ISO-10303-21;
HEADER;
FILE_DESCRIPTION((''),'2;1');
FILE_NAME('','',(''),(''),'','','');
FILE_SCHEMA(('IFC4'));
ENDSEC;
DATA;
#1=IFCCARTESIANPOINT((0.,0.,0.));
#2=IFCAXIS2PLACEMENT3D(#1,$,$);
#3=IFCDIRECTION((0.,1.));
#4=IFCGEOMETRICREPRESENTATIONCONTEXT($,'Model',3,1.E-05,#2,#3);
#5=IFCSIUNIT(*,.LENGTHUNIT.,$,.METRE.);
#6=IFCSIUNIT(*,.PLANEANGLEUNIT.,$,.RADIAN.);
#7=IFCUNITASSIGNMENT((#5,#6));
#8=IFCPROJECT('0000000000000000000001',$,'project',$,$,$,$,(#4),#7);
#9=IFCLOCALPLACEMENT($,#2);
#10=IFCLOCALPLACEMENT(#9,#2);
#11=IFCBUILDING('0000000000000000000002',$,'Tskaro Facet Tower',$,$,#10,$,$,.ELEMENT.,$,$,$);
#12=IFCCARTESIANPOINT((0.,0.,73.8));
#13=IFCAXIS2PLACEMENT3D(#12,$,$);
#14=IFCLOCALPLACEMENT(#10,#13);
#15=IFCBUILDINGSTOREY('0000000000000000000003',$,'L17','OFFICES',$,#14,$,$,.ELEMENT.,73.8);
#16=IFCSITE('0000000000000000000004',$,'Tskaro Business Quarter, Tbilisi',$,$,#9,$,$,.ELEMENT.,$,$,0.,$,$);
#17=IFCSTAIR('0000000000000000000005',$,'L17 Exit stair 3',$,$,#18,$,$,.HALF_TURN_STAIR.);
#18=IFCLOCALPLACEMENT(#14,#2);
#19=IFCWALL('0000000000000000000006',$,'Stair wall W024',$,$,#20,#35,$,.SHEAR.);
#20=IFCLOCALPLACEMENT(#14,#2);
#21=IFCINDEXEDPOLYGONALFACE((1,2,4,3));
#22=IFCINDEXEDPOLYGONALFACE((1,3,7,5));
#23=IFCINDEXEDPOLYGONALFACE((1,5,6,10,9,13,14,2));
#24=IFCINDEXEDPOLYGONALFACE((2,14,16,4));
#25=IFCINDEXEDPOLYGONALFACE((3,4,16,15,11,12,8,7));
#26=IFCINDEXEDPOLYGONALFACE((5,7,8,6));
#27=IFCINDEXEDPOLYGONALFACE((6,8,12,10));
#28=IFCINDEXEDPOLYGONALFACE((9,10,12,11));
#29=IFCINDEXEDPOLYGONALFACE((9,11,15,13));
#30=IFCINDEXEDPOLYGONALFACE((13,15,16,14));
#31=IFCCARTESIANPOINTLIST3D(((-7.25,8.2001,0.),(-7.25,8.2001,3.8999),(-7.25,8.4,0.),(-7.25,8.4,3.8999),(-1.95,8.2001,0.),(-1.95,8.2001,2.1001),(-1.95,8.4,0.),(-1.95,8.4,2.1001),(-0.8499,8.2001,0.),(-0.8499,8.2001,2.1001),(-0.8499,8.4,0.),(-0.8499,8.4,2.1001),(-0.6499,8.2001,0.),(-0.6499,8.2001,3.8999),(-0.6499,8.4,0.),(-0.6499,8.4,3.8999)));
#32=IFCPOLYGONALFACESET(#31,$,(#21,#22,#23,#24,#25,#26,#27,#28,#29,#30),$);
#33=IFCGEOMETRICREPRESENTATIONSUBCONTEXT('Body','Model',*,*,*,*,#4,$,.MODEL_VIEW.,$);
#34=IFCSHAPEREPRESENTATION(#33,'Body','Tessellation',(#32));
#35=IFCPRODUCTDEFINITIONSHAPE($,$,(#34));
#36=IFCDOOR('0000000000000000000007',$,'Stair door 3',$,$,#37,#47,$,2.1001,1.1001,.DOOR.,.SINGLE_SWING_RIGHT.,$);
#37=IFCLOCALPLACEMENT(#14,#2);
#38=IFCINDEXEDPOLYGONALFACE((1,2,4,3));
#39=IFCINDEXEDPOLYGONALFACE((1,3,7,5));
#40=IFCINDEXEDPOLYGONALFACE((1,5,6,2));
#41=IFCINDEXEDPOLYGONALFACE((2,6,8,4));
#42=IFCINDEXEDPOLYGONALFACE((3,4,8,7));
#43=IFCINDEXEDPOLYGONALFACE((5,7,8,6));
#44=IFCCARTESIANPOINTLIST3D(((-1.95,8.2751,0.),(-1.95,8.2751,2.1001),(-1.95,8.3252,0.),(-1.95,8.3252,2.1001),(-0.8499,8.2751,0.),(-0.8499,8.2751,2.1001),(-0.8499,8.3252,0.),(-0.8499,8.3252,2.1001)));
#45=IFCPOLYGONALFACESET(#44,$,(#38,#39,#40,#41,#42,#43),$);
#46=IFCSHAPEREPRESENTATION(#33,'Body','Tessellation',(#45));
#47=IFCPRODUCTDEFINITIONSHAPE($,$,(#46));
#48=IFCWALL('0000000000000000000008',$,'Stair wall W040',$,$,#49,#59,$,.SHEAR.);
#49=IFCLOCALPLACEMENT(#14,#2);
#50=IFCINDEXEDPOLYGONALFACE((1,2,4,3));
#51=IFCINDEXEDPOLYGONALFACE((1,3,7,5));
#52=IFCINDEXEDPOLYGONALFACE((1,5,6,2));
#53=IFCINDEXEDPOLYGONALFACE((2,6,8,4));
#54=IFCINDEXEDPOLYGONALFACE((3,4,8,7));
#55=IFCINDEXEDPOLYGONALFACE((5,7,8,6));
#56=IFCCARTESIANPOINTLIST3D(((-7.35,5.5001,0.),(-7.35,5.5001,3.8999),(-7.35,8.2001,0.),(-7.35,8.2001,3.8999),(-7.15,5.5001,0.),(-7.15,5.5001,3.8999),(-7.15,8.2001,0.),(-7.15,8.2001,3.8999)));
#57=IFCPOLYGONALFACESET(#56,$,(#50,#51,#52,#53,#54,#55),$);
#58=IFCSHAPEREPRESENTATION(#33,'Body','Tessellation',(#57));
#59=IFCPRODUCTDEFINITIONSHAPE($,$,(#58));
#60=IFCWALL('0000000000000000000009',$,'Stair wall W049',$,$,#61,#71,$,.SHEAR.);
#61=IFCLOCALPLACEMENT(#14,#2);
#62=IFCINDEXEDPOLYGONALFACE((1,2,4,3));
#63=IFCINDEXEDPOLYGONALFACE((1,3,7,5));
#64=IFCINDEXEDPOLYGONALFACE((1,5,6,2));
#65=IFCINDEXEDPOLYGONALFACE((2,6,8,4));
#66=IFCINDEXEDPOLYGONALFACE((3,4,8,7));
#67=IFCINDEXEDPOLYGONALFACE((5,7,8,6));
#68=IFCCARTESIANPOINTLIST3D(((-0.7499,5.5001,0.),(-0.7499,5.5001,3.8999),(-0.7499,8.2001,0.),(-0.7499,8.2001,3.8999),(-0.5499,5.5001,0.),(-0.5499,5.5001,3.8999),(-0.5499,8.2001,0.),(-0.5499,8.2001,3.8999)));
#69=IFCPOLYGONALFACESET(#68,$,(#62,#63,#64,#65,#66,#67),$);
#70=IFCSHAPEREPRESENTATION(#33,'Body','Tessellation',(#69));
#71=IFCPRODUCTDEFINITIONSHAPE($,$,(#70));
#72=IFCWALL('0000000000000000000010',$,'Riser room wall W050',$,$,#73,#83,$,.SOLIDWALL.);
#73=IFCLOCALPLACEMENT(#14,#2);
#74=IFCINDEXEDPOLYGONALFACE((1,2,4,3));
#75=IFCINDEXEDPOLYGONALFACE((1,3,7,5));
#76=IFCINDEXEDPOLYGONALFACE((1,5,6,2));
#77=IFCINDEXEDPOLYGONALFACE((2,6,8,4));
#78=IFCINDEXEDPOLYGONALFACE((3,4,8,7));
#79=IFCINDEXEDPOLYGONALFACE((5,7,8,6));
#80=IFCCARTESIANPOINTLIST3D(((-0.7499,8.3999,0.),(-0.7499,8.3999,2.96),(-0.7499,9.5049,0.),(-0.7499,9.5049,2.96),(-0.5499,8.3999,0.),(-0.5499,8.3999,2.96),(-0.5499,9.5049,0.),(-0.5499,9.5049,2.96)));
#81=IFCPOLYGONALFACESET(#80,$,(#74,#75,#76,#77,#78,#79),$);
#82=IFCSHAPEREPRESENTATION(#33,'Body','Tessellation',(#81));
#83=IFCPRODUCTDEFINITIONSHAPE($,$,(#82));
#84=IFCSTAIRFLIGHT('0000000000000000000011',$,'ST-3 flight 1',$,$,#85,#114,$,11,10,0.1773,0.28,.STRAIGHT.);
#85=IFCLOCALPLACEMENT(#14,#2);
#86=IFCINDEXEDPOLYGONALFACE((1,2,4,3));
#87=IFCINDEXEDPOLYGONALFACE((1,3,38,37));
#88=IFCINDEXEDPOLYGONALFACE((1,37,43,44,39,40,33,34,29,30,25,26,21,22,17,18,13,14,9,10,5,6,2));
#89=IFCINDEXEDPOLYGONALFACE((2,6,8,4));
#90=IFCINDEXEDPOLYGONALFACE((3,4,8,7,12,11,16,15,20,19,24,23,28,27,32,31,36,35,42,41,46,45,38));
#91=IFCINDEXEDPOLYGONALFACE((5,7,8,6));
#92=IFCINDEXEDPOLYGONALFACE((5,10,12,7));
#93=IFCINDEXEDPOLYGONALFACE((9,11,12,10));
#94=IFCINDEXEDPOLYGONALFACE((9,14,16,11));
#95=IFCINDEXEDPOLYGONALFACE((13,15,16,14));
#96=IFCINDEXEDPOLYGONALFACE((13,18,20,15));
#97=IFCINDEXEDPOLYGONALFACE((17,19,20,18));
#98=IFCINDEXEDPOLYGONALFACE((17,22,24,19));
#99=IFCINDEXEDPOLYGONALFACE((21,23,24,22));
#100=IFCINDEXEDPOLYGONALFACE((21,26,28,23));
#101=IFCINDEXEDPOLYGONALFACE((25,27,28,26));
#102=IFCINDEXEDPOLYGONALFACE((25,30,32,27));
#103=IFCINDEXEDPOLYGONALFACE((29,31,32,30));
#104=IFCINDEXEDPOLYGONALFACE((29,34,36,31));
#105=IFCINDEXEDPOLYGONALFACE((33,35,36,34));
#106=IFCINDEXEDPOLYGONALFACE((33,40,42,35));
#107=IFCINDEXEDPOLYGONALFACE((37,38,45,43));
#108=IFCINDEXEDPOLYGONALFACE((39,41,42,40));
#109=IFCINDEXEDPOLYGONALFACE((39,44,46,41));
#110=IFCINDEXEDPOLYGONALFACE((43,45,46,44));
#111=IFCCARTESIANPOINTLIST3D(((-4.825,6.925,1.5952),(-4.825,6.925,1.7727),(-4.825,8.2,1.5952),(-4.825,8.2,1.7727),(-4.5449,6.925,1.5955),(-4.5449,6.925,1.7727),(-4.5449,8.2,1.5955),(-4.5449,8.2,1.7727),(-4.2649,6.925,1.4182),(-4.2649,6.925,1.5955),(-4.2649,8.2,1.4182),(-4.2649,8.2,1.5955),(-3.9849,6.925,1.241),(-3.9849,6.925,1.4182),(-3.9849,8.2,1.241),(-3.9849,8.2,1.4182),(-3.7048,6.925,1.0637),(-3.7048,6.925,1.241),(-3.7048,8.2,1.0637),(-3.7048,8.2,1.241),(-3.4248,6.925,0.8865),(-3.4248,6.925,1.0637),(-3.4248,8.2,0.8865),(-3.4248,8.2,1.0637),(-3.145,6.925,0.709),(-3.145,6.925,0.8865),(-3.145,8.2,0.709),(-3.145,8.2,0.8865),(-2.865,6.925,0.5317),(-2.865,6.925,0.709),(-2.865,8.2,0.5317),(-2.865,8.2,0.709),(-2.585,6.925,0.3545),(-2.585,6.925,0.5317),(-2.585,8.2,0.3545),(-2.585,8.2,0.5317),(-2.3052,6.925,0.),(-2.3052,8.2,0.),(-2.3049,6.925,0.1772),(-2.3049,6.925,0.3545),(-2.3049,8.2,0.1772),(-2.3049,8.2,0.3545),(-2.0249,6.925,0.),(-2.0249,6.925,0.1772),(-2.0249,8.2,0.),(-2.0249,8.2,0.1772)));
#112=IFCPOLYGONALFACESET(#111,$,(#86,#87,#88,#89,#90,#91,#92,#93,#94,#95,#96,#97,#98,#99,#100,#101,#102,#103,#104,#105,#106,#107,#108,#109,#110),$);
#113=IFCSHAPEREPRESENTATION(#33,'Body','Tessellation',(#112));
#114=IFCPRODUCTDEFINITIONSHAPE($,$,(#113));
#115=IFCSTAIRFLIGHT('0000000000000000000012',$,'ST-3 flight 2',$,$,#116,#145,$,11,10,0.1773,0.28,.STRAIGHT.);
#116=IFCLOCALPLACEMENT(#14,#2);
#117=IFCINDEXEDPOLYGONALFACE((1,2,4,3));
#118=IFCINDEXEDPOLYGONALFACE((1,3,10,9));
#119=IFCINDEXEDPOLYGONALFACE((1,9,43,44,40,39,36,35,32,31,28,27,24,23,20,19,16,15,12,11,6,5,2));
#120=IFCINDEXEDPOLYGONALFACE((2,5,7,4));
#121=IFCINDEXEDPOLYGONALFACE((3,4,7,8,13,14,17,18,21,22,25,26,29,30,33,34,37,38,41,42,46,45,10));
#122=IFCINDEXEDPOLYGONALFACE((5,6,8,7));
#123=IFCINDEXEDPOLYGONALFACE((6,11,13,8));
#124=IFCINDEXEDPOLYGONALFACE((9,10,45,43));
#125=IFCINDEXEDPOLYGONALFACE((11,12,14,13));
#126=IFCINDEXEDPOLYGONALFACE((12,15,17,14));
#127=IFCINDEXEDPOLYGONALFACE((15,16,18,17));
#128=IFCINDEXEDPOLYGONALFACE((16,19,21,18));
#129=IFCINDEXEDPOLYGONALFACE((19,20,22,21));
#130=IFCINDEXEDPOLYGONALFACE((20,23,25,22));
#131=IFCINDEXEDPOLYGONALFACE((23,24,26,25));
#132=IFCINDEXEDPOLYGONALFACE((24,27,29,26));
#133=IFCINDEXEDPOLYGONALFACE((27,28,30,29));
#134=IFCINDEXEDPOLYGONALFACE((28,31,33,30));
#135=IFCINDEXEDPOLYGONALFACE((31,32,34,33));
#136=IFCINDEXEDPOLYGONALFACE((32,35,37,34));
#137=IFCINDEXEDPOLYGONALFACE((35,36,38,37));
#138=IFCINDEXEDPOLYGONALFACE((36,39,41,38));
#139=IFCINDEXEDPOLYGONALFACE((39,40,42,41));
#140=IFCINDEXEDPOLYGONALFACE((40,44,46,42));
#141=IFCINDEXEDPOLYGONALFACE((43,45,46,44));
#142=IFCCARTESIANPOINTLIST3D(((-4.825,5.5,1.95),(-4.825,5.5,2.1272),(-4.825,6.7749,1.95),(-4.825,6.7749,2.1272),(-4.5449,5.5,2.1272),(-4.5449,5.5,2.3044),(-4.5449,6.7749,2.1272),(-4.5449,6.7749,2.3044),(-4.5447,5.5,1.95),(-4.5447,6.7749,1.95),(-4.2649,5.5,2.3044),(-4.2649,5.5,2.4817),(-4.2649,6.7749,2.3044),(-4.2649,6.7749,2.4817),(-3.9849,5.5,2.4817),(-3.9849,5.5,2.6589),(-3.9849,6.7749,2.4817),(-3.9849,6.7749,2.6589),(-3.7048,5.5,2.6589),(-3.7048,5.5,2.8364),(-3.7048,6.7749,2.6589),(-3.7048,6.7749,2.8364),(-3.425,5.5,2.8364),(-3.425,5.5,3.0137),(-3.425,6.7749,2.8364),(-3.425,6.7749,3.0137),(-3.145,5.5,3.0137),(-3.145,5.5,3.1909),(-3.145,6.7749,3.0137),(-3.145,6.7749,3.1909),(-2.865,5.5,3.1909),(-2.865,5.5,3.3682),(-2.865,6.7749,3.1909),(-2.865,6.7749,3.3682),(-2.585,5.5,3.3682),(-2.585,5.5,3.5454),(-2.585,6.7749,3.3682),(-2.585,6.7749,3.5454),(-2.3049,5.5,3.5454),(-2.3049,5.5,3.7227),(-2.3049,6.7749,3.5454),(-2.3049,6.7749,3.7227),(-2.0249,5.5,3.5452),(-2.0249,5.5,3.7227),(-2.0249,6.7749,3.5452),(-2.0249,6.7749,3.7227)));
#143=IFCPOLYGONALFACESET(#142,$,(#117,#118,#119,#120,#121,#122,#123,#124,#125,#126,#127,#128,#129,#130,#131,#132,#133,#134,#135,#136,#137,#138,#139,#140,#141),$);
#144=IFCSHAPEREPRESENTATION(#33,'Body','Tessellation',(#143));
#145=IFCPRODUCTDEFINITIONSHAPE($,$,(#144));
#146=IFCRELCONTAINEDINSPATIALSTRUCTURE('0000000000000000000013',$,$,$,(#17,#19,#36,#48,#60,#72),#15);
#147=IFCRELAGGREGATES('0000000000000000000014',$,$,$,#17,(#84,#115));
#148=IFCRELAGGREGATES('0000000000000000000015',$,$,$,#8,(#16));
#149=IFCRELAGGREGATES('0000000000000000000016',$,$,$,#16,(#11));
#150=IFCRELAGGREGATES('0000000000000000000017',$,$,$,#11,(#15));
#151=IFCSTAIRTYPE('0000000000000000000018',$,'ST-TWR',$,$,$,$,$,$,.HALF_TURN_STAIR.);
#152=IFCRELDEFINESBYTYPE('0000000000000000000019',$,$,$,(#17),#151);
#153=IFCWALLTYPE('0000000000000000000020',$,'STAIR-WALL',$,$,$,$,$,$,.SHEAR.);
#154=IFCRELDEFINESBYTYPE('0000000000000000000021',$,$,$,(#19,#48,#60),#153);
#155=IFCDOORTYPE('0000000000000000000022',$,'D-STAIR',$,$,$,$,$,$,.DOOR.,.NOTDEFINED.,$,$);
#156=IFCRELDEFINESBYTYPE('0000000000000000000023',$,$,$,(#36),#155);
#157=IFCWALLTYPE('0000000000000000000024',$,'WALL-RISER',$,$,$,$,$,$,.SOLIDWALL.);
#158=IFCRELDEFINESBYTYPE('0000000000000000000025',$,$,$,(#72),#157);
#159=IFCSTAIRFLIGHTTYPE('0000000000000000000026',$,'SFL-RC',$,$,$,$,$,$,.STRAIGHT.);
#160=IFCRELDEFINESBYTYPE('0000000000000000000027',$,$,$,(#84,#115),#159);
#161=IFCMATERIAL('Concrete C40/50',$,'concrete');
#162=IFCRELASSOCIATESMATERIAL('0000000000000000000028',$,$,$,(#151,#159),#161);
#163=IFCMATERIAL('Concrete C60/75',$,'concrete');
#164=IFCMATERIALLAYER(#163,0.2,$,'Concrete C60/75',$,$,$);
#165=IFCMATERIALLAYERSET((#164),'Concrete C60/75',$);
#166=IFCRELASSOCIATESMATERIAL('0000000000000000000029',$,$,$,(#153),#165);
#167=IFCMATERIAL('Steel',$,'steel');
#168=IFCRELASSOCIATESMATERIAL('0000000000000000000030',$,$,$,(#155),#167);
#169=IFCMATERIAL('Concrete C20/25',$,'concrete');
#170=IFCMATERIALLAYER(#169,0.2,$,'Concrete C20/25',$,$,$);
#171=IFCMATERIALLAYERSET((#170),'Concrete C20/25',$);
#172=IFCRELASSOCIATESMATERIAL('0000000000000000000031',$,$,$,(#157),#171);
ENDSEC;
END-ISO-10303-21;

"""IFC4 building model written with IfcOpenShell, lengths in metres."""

from ifc_helpers import new_model, si_unit, direction, frame, frame_2d, origin, place, context, subcontext, project, spatial, polyline, rectangle, outline, extrude, material, layer, layer_set, type_object, element, fill, aggregate, save


model = new_model("IFC4")

# Units and contexts
model_context = context("Model", 3, precision=1e-05, world=origin(), true_north=direction((0.0, 1.0)))
body_context = subcontext(model_context, "Body", "Model", "MODEL_VIEW")
ifc_project = project(units=[si_unit("LENGTHUNIT", "METRE"), si_unit("PLANEANGLEUNIT", "RADIAN")], contexts=[model_context])

# Site, building, storey
site_placement = place(None, origin())
site = spatial("IfcSite", under=ifc_project, at=site_placement, Name="Tskaro Business Quarter, Tbilisi", CompositionType="ELEMENT", RefElevation=0.0)
building_placement = place(site_placement, origin())
building = spatial("IfcBuilding", under=site, at=building_placement, Name="Tskaro Facet Tower", CompositionType="ELEMENT")
storey_placement = place(building_placement, frame((0.0, 0.0, 73.8)))
storey = spatial("IfcBuildingStorey", under=building, at=storey_placement, Name="L17", Description="OFFICES", CompositionType="ELEMENT", Elevation=73.8)

# Stair
ifc_material_1 = material(Name="Concrete C40/50", Category="concrete")
stair_type = type_object("IfcStairType", Name="ST-TWR", PredefinedType="HALF_TURN_STAIR", material=ifc_material_1)
stair_1_placement = place(storey_placement, origin())
stair_1 = element("IfcStair", 1, at=stair_1_placement, inside=storey, type_object=stair_type, Name="L17 Exit stair 3", PredefinedType="HALF_TURN_STAIR")

# Shared definitions
ifc_material_2 = material(Name="Concrete C60/75", Category="concrete")

# Shared definitions
ifc_material_3 = material(Name="Concrete C20/25", Category="concrete")

# Shared definitions
ifc_material_4 = material(Name="Steel", Category="steel")

# Shared definitions
ifc_layer_1 = layer(ifc_material_2, 0.2, Name="Concrete C60/75")
ifc_layer_set_1 = layer_set([ifc_layer_1], Name="Concrete C60/75")
wall_type_1 = type_object("IfcWallType", Name="STAIR-WALL", PredefinedType="SHEAR", material=ifc_layer_set_1)

# Wall, opening, door
wall_1_placement = place(storey_placement, frame((-0.6499, 8.3, 0.0), z_axis=(0.0, 0.0, 1.0), x_axis=(-1.0, 0.0, 0.0)))
wall_1 = element("IfcWall", 2, at=wall_1_placement, inside=storey, type_object=wall_type_1, Name="Stair wall W024", PredefinedType="SHEAR", context=body_context, shape_type="SweptSolid", body=[
    extrude(rectangle(XDim=6.6001, YDim=0.2, at=frame_2d((3.3, 0.0))), origin(), (0.0, 0.0, 1.0), 3.8999),
])
opening_1_placement = place(wall_1_placement, frame((0.2, 0.0, 0.0)))
opening_1 = element("IfcOpeningElement", 3, at=opening_1_placement, cuts=wall_1, PredefinedType="OPENING", context=body_context, shape_type="SweptSolid", body=[
    extrude(rectangle(XDim=1.1001, YDim=2.1001, at=frame_2d((0.55, 1.05))), frame((0.0, 0.1099, 0.0), z_axis=(0.0, -1.0, 0.0), x_axis=(1.0, 0.0, 0.0)), (0.0, 0.0, 1.0), 0.22),
])
door_type_1 = type_object("IfcDoorType", Name="D-STAIR", OperationType="NOTDEFINED", PredefinedType="DOOR", material=ifc_material_4)
door_1_placement = place(opening_1_placement, origin())
door_1 = element("IfcDoor", 4, at=door_1_placement, inside=storey, type_object=door_type_1, Name="Stair door 3", OperationType="SINGLE_SWING_RIGHT", OverallHeight=2.1001, OverallWidth=1.1001, PredefinedType="DOOR", context=body_context, shape_type="SweptSolid", body=[
    extrude(rectangle(XDim=1.1001, YDim=2.1001, at=frame_2d((0.55, 1.05))), frame((0.0, 0.0249, 0.0), z_axis=(0.0, -1.0, 0.0), x_axis=(1.0, 0.0, 0.0)), (0.0, 0.0, 1.0), 0.05),
])
fill(opening_1, door_1)

# Walls
for number, where, z_axis, x_axis, name in (
    (5, (-7.25, 5.5, 0.0), (0.0, 0.0, 1.0), (0.0, 1.0, 0.0), "Stair wall W040"),
    (6, (-0.6499, 5.5, 0.0), (0.0, 0.0, 1.0), (0.0, 1.0, 0.0), "Stair wall W049"),
):
    element("IfcWall", number, at=place(storey_placement, frame(where, z_axis=z_axis, x_axis=x_axis)), inside=storey, type_object=wall_type_1, Name=name, PredefinedType="SHEAR", context=body_context, shape_type="SweptSolid", body=[
        extrude(rectangle(XDim=2.7, YDim=0.2, at=frame_2d((1.3501, 0.0))), origin(), (0.0, 0.0, 1.0), 3.8999),
    ])
ifc_layer_2 = layer(ifc_material_3, 0.2, Name="Concrete C20/25")
ifc_layer_set_2 = layer_set([ifc_layer_2], Name="Concrete C20/25")
wall_type_2 = type_object("IfcWallType", Name="WALL-RISER", PredefinedType="SOLIDWALL", material=ifc_layer_set_2)
wall_2_placement = place(storey_placement, frame((-0.6499, 8.3999, 0.0), z_axis=(0.0, 0.0, 1.0), x_axis=(0.0, 1.0, 0.0)))
element("IfcWall", 7, at=wall_2_placement, inside=storey, type_object=wall_type_2, Name="Riser room wall W050", PredefinedType="SOLIDWALL", context=body_context, shape_type="SweptSolid", body=[
    extrude(rectangle(XDim=1.105, YDim=0.2, at=frame_2d((0.5525, 0.0))), origin(), (0.0, 0.0, 1.0), 2.96),
])

# Stair flights
stair_flight_type = type_object("IfcStairFlightType", Name="SFL-RC", PredefinedType="STRAIGHT", material=ifc_material_1)
stair_flight_1_placement = place(storey_placement, frame((-2.0249, 7.5625, 0.0), z_axis=(0.0, 0.0, 1.0), x_axis=(-1.0, 0.0, 0.0)))
stair_flight_1 = element("IfcStairFlight", 8, at=stair_flight_1_placement, type_object=stair_flight_type, Name="ST-3 flight 1", NumberOfRisers=11, NumberOfTreads=10, PredefinedType="STRAIGHT", RiserHeight=0.1773, TreadLength=0.28, context=body_context, shape_type="SweptSolid", body=[
    extrude(outline(polyline([(0.0, 0.0), (0.0, 0.1772), (0.28, 0.1772), (0.28, 0.3545), (0.5601, 0.3545), (0.5601, 0.5317), (0.8401, 0.5317), (0.8401, 0.709), (1.1201, 0.709), (1.1201, 0.8865), (1.3999, 0.8865), (1.3999, 1.0637), (1.6799, 1.0637), (1.6799, 1.241), (1.96, 1.241), (1.96, 1.4182), (2.24, 1.4182), (2.24, 1.5955), (2.52, 1.5955), (2.52, 1.7727), (2.8, 1.7727), (2.8, 1.95), (2.8, 1.5952), (0.2803, 0.0), (0.0, 0.0)])), frame((0.0, 0.6375, 0.0), z_axis=(0.0, -1.0, 0.0), x_axis=(1.0, 0.0, 0.0)), (0.0, 0.0, 1.0), 1.2749),
])
stair_flight_2_placement = place(storey_placement, frame((-4.825, 6.1375, 1.95), z_axis=(0.0, 0.0, 1.0), x_axis=(1.0, 0.0, 0.0)))
stair_flight_2 = element("IfcStairFlight", 9, at=stair_flight_2_placement, type_object=stair_flight_type, Name="ST-3 flight 2", NumberOfRisers=11, NumberOfTreads=10, PredefinedType="STRAIGHT", RiserHeight=0.1773, TreadLength=0.28, context=body_context, shape_type="SweptSolid", body=[
    extrude(outline(polyline([(0.0, 0.0), (0.0, 0.1772), (0.28, 0.1772), (0.28, 0.3545), (0.5601, 0.3545), (0.5601, 0.5317), (0.8401, 0.5317), (0.8401, 0.709), (1.1201, 0.709), (1.1201, 0.8865), (1.3999, 0.8865), (1.3999, 1.0637), (1.6799, 1.0637), (1.6799, 1.241), (1.96, 1.241), (1.96, 1.4182), (2.24, 1.4182), (2.24, 1.5955), (2.52, 1.5955), (2.52, 1.7727), (2.8, 1.7727), (2.8, 1.95), (2.8, 1.5952), (0.2803, 0.0), (0.0, 0.0)])), frame((0.0, 0.6375, 0.0), z_axis=(0.0, -1.0, 0.0), x_axis=(1.0, 0.0, 0.0)), (0.0, 0.0, 1.0), 1.2749),
])
aggregate(stair_1, [stair_flight_1, stair_flight_2])

save(model, "model.ifc")
